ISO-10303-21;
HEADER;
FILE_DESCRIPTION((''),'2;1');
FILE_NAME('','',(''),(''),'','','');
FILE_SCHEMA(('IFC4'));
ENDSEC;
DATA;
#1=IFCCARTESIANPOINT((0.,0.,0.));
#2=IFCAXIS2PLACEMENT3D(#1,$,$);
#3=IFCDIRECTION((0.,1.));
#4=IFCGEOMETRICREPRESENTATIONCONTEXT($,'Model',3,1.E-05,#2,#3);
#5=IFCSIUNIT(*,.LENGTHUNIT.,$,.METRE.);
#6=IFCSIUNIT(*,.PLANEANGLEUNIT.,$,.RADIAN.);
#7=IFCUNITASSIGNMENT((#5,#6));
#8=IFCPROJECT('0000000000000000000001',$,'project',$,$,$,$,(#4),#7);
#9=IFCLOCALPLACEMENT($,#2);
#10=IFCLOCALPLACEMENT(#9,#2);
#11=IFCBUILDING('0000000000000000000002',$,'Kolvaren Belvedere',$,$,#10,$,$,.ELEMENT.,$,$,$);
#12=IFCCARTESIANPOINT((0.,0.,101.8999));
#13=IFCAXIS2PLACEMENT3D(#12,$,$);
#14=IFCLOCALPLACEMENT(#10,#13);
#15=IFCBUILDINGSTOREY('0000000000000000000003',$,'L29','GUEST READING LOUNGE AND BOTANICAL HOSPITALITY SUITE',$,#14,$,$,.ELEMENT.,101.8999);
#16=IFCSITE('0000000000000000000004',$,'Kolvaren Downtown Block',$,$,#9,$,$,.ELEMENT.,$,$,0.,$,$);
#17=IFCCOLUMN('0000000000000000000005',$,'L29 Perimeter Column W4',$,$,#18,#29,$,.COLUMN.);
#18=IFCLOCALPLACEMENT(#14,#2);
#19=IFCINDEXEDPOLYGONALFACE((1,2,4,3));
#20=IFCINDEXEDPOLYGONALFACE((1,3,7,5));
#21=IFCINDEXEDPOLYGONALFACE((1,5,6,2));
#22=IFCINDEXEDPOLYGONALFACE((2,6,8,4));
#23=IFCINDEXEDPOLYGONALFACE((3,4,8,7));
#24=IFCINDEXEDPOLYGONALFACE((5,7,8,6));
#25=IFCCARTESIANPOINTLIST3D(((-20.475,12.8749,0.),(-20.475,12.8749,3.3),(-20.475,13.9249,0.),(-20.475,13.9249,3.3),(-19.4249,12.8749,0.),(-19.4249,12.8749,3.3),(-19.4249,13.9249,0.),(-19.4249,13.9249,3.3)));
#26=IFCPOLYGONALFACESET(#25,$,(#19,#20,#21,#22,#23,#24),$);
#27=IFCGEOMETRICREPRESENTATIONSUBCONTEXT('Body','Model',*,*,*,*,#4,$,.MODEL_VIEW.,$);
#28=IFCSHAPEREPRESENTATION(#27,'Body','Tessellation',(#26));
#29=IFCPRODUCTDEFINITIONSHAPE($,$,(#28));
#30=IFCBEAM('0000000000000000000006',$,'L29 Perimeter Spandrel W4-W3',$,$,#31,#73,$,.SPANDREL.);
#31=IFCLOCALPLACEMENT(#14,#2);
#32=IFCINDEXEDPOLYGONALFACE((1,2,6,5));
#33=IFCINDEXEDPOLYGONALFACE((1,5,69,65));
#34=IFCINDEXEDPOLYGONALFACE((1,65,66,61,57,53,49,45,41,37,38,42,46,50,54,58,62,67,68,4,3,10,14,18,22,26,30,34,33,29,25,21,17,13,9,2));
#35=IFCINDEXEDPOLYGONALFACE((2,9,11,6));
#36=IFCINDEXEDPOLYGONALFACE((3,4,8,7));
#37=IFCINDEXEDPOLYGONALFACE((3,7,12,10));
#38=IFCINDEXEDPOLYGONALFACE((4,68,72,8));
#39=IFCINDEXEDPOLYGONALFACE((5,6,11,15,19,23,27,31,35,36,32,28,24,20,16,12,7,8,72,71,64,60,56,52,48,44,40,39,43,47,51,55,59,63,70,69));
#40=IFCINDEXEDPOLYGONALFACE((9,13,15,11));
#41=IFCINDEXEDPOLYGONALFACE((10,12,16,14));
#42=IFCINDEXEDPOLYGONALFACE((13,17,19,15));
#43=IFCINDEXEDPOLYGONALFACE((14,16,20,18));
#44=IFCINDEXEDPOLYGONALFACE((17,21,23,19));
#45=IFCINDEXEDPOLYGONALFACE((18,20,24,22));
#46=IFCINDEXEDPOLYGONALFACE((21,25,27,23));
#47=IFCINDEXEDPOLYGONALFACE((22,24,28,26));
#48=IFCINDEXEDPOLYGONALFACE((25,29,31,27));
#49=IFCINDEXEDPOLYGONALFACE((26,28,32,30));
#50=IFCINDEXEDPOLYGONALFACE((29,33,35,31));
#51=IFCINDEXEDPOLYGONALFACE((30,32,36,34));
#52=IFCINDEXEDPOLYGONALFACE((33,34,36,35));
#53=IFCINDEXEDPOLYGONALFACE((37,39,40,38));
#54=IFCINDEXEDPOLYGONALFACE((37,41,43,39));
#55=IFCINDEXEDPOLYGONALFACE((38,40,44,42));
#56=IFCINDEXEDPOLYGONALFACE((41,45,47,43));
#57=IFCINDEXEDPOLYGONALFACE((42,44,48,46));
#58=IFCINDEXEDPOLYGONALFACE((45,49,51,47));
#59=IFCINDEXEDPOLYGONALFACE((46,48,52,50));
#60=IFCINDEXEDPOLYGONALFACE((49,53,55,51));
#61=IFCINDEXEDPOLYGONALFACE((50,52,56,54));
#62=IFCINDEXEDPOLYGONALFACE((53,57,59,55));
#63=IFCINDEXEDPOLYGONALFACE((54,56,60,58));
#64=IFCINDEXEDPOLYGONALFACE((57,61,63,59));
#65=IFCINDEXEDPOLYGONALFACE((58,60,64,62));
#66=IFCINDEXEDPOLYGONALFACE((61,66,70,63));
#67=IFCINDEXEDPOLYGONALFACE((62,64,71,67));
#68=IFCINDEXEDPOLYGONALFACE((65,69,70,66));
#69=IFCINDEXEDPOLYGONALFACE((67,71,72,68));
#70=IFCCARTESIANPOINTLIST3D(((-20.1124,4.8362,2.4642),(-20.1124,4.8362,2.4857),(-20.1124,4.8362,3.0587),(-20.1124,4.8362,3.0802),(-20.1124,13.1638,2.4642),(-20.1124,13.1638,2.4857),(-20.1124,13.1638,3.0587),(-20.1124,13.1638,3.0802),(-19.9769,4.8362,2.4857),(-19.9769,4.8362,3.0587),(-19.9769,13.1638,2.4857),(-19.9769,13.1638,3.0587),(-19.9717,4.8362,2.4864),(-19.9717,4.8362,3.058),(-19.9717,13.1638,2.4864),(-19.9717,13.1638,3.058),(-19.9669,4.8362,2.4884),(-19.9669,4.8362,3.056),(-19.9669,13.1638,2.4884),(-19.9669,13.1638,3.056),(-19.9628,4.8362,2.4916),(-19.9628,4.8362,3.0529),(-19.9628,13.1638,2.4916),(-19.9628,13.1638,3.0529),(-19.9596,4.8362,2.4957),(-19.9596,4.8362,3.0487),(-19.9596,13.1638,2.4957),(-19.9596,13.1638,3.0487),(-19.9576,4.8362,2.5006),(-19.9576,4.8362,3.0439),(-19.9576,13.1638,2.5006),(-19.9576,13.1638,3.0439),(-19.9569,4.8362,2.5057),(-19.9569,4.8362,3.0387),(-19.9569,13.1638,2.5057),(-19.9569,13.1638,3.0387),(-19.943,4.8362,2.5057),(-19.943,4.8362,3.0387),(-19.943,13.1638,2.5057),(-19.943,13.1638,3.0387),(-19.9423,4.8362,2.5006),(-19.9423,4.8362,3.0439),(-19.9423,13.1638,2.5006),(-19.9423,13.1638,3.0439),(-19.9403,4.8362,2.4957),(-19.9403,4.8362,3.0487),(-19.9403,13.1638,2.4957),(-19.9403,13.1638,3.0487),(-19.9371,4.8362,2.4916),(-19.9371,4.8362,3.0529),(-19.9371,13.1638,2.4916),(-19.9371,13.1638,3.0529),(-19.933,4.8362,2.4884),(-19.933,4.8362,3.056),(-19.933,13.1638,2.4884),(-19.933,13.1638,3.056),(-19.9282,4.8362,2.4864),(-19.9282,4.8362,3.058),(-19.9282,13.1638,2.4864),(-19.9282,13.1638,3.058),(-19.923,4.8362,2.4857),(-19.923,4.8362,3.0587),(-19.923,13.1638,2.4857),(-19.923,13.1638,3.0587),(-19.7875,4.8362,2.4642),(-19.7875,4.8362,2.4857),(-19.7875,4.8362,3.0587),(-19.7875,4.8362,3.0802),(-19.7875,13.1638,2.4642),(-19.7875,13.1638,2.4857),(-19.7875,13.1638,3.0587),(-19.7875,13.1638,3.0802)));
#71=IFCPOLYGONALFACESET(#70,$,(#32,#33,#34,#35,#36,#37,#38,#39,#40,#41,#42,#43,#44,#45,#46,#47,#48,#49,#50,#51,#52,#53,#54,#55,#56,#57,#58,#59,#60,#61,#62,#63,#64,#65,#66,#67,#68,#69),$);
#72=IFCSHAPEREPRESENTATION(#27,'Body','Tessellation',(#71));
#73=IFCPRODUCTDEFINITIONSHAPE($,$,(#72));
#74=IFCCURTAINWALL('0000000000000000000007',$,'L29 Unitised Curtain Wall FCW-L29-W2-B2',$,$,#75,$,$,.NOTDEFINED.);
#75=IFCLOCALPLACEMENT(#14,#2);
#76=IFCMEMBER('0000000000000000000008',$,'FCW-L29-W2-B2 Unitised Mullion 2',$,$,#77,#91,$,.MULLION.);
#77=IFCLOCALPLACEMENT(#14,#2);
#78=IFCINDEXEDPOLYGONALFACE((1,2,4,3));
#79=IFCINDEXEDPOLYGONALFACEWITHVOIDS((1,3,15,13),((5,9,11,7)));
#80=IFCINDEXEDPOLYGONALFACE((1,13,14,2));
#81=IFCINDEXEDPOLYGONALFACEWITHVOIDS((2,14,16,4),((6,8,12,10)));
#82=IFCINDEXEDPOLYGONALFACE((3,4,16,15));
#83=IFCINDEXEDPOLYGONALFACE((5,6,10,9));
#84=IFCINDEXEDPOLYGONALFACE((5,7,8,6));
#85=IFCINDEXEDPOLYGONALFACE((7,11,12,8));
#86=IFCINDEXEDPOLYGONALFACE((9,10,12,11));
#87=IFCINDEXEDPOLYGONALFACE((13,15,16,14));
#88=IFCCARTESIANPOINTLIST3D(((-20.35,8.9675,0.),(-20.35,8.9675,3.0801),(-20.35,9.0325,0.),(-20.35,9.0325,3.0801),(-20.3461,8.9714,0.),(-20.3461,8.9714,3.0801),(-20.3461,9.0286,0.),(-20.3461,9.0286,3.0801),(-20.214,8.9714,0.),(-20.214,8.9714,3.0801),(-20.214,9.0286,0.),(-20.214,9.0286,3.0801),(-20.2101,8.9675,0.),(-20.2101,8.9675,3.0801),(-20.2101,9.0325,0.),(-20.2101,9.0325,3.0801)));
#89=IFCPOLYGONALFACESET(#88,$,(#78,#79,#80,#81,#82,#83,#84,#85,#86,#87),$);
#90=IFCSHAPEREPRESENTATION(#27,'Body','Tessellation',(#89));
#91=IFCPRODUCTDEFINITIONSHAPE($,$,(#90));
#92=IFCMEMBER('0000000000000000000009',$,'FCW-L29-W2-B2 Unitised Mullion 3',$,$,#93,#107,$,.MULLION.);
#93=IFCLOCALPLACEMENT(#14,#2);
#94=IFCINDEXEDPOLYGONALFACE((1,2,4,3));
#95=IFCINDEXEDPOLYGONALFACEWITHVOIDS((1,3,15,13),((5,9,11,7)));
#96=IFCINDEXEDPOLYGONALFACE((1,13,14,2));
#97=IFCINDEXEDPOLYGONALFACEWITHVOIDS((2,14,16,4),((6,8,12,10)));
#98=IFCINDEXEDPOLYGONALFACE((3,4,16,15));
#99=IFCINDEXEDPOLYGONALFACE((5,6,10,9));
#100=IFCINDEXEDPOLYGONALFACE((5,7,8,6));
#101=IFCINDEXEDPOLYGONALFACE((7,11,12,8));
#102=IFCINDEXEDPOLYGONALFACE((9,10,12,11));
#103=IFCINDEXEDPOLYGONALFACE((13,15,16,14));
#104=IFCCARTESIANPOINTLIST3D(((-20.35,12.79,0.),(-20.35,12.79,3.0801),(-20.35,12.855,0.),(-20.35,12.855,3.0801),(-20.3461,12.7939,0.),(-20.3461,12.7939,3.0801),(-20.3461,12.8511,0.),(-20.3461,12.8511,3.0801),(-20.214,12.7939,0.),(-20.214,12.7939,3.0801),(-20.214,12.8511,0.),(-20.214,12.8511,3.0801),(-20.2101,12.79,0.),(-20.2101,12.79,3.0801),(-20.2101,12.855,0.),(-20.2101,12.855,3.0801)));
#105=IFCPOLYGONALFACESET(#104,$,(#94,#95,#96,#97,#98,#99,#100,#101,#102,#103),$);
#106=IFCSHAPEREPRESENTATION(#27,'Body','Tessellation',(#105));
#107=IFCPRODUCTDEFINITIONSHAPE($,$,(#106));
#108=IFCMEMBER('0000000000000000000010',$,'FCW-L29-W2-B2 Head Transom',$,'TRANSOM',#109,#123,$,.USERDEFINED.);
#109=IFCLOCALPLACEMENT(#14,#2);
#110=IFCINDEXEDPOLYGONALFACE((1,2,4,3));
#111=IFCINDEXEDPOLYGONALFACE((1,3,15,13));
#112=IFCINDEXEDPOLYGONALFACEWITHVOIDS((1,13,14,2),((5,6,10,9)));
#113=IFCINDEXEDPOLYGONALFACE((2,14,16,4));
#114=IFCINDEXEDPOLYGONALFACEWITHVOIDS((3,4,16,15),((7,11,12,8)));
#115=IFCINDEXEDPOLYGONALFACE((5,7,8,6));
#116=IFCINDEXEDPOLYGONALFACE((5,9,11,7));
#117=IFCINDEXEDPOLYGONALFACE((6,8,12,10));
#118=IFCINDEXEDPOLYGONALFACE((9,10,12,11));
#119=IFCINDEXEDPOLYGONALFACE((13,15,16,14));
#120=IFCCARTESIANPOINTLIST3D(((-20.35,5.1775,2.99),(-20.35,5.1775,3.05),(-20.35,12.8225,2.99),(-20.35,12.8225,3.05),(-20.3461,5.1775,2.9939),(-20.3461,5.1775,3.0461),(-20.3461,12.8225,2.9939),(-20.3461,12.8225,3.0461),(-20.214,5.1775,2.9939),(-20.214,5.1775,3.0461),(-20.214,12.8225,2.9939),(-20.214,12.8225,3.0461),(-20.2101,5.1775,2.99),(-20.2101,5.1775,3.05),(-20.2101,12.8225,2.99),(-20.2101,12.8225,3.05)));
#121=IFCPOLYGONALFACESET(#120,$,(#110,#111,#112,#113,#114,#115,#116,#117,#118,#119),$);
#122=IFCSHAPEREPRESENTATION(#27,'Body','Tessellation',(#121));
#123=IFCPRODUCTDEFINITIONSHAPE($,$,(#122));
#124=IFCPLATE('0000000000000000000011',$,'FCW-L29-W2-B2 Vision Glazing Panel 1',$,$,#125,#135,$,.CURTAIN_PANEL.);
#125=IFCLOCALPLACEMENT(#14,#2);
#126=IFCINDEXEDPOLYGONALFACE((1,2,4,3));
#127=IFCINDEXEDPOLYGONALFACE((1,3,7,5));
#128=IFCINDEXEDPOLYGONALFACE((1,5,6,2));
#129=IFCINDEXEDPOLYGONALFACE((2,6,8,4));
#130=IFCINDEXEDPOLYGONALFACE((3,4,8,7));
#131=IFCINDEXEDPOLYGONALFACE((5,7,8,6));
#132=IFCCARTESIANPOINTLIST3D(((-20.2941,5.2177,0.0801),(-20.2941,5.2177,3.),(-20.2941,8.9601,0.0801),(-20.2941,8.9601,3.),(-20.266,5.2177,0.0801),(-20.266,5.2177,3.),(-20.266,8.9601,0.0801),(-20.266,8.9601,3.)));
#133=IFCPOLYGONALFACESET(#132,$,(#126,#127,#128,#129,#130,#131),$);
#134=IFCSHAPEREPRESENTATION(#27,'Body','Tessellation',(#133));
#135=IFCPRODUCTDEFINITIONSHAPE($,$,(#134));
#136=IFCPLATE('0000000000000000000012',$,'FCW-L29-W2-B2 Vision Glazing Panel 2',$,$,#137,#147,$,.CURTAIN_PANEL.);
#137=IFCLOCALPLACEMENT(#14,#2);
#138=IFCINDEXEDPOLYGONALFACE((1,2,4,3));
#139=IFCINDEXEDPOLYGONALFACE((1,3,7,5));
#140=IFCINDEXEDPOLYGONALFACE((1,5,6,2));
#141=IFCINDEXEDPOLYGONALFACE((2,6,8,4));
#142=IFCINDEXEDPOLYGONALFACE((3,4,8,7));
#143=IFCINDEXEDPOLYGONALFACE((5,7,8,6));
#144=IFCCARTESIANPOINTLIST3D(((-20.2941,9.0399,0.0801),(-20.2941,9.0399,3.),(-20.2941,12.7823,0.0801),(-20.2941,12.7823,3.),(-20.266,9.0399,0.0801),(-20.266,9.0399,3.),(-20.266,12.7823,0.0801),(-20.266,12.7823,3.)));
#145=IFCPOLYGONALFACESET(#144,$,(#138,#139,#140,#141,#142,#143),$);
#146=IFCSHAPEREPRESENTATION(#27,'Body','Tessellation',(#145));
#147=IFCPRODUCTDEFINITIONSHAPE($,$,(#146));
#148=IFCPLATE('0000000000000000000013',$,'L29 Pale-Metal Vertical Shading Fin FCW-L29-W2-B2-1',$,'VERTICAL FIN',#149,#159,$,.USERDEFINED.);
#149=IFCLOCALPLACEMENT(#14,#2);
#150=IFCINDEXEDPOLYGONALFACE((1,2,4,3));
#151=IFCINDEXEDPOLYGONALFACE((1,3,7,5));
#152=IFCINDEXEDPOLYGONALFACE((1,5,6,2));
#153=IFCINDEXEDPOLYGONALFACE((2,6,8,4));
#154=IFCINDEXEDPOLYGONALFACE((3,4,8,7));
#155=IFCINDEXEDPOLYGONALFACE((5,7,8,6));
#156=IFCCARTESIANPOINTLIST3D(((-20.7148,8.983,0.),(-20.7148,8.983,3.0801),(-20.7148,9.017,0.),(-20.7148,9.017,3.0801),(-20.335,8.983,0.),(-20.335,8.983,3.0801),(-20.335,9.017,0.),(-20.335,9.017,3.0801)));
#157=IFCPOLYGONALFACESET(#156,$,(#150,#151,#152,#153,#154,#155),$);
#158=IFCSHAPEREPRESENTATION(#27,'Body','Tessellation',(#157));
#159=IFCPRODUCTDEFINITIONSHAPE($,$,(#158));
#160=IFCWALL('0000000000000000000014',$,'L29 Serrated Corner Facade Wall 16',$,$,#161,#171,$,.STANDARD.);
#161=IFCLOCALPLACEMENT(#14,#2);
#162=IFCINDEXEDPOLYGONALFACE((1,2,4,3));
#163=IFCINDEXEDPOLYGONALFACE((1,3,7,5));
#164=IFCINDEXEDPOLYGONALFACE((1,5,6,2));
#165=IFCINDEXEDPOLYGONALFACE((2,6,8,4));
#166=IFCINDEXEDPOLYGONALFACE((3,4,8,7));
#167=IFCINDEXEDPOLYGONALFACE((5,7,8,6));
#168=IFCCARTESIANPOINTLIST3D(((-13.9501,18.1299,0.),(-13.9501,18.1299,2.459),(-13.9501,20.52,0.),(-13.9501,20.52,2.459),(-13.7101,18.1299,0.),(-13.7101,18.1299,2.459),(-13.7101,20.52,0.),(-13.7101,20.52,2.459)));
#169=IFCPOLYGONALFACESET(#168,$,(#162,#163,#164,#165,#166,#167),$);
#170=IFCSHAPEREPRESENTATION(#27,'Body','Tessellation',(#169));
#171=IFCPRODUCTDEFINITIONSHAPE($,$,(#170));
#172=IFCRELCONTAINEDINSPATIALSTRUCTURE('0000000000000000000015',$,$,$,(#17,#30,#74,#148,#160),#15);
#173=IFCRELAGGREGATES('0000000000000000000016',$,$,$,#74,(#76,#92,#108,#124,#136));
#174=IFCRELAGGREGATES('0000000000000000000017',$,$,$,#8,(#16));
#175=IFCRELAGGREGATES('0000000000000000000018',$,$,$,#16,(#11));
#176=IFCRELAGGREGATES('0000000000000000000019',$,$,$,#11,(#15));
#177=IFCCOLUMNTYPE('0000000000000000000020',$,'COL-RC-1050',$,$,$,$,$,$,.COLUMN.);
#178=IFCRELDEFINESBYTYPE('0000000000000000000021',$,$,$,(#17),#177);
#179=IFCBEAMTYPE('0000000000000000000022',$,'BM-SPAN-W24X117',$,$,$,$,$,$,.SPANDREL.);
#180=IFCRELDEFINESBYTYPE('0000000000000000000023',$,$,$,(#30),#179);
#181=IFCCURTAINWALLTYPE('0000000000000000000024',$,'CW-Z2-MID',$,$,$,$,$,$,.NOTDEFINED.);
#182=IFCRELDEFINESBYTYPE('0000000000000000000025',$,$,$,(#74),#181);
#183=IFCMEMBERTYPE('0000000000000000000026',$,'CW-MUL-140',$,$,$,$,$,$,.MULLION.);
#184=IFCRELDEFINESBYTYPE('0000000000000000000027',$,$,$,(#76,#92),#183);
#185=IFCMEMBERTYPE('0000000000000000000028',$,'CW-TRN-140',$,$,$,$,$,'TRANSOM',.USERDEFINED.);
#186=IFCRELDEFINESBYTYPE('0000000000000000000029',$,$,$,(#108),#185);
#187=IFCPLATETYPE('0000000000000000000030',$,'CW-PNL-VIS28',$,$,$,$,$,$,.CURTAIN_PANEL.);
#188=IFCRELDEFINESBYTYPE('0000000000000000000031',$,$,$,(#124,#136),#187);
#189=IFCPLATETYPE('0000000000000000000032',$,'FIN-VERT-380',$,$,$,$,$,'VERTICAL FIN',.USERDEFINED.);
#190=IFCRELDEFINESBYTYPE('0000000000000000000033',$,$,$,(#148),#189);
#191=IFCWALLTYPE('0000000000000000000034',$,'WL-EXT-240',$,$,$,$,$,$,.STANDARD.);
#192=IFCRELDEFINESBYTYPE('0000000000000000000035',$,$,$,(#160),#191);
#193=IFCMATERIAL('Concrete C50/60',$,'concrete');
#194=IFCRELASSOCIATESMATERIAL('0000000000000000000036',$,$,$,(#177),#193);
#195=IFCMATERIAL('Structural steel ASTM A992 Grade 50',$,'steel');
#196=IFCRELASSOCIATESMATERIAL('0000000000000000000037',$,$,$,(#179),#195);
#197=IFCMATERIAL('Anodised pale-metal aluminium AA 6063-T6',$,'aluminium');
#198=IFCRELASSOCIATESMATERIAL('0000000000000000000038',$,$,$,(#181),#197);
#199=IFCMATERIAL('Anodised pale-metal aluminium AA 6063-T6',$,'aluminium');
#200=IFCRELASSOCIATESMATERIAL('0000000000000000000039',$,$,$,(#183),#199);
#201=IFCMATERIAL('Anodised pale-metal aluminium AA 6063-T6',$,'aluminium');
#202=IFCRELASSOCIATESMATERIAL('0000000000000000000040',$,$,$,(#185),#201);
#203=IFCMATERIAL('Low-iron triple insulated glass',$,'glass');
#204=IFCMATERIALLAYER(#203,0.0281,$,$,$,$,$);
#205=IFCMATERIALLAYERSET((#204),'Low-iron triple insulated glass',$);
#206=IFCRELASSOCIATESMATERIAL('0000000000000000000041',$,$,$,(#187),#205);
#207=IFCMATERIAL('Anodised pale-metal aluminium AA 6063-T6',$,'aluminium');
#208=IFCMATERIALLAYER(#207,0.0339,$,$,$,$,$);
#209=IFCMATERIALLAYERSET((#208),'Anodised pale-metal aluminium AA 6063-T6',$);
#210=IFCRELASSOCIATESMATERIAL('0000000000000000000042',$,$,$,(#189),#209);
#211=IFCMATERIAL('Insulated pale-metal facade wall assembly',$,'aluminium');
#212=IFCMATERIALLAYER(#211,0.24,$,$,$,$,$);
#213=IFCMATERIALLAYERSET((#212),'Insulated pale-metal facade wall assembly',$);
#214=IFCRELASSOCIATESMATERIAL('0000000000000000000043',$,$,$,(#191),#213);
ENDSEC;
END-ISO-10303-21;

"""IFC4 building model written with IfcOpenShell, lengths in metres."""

from ifc_helpers import new_model, si_unit, direction, frame, frame_2d, origin, origin_2d, place, context, subcontext, project, spatial, rectangle, hollow_rectangle, i_section, extrude, material, layer, layer_set, material_profile, profile_set, type_object, element, aggregate, save


model = new_model("IFC4")

# Units and contexts
model_context = context("Model", 3, precision=1e-05, world=origin(), true_north=direction((0.0, 1.0)))
body_context = subcontext(model_context, "Body", "Model", "MODEL_VIEW")
ifc_project = project(units=[si_unit("LENGTHUNIT", "METRE"), si_unit("PLANEANGLEUNIT", "RADIAN")], contexts=[model_context])

# Site, building, storey
site_placement = place(None, origin())
site = spatial("IfcSite", under=ifc_project, at=site_placement, Name="Kolvaren Downtown Block", CompositionType="ELEMENT", RefElevation=0.0)
building_placement = place(site_placement, origin())
building = spatial("IfcBuilding", under=site, at=building_placement, Name="Kolvaren Belvedere", CompositionType="ELEMENT")
storey_placement = place(building_placement, frame((0.0, 0.0, 101.8999)))
storey = spatial("IfcBuildingStorey", under=building, at=storey_placement, Name="L29", Description="GUEST READING LOUNGE AND BOTANICAL HOSPITALITY SUITE", CompositionType="ELEMENT", Elevation=101.8999)

# Column
ifc_material_1 = material(Name="Concrete C50/60", Category="concrete")
ifc_material_profile_1 = material_profile(ifc_material_1, rectangle(XDim=1.05, YDim=1.05, at=origin_2d()), Name="RC 1050X1050")
ifc_profile_set_1 = profile_set([ifc_material_profile_1], Name="Concrete C50/60")
column_type = type_object("IfcColumnType", Name="COL-RC-1050", PredefinedType="COLUMN", material=ifc_profile_set_1)
column_placement = place(storey_placement, frame((-19.95, 13.3999, 0.0), z_axis=(0.0, 0.0, 1.0), x_axis=(1.0, 0.0, 0.0)))
element("IfcColumn", 1, at=column_placement, inside=storey, type_object=column_type, Name="L29 Perimeter Column W4", PredefinedType="COLUMN", context=body_context, shape_type="SweptSolid", body=[
    extrude(rectangle(XDim=1.05, YDim=1.05, at=origin_2d()), origin(), (0.0, 0.0, 1.0), 3.3),
])

# Beam
ifc_material_2 = material(Name="Structural steel ASTM A992 Grade 50", Category="steel")
ifc_material_profile_2 = material_profile(ifc_material_2, i_section(OverallWidth=0.325, OverallDepth=0.616, WebThickness=0.0139, FlangeThickness=0.0215, FilletRadius=0.02, at=origin_2d()), Name="W24X117")
ifc_profile_set_2 = profile_set([ifc_material_profile_2], Name="Structural steel ASTM A992 Grade 50")
beam_type = type_object("IfcBeamType", Name="BM-SPAN-W24X117", PredefinedType="SPANDREL", material=ifc_profile_set_2)
beam_placement = place(storey_placement, frame((-19.95, 13.1638, 2.7722), z_axis=(0.0, -1.0, 0.0), x_axis=(1.0, 0.0, 0.0)))
element("IfcBeam", 2, at=beam_placement, inside=storey, type_object=beam_type, Name="L29 Perimeter Spandrel W4-W3", PredefinedType="SPANDREL", context=body_context, shape_type="SweptSolid", body=[
    extrude(i_section(OverallWidth=0.325, OverallDepth=0.616, WebThickness=0.0139, FlangeThickness=0.0215, FilletRadius=0.02, at=origin_2d()), origin(), (0.0, 0.0, 1.0), 8.3276),
])

# Curtain wall, members, plates
ifc_material_3 = material(Name="Anodised pale-metal aluminium AA 6063-T6", Category="aluminium")
curtain_wall_type = type_object("IfcCurtainWallType", Name="CW-Z2-MID", PredefinedType="NOTDEFINED", material=ifc_material_3)
curtain_wall_placement = place(storey_placement, origin())
curtain_wall = element("IfcCurtainWall", 3, at=curtain_wall_placement, inside=storey, type_object=curtain_wall_type, Name="L29 Unitised Curtain Wall FCW-L29-W2-B2", PredefinedType="NOTDEFINED")
ifc_material_4 = material(Name="Anodised pale-metal aluminium AA 6063-T6", Category="aluminium")
ifc_material_profile_3 = material_profile(ifc_material_4, hollow_rectangle(XDim=0.0649, YDim=0.1399, WallThickness=0.0039, at=origin_2d()), Name="ALU-MUL-140X65")
ifc_profile_set_3 = profile_set([ifc_material_profile_3], Name="Anodised pale-metal aluminium AA 6063-T6")
member_type_1 = type_object("IfcMemberType", Name="CW-MUL-140", PredefinedType="MULLION", material=ifc_profile_set_3)
member_1_placement = place(storey_placement, frame((-20.28, 9.0, 0.0), z_axis=(0.0, 0.0, 1.0), x_axis=(0.0, 1.0, 0.0)))
member_1 = element("IfcMember", 4, at=member_1_placement, type_object=member_type_1, Name="FCW-L29-W2-B2 Unitised Mullion 2", PredefinedType="MULLION", context=body_context, shape_type="SweptSolid", body=[
    extrude(hollow_rectangle(XDim=0.0649, YDim=0.1399, WallThickness=0.0039, at=origin_2d()), origin(), (0.0, 0.0, 1.0), 3.0801),
])
member_2_placement = place(storey_placement, frame((-20.28, 12.8225, 0.0), z_axis=(0.0, 0.0, 1.0), x_axis=(0.0, 1.0, 0.0)))
member_2 = element("IfcMember", 5, at=member_2_placement, type_object=member_type_1, Name="FCW-L29-W2-B2 Unitised Mullion 3", PredefinedType="MULLION", context=body_context, shape_type="SweptSolid", body=[
    extrude(hollow_rectangle(XDim=0.0649, YDim=0.1399, WallThickness=0.0039, at=origin_2d()), origin(), (0.0, 0.0, 1.0), 3.0801),
])
ifc_material_5 = material(Name="Anodised pale-metal aluminium AA 6063-T6", Category="aluminium")
ifc_material_profile_4 = material_profile(ifc_material_5, hollow_rectangle(XDim=0.0601, YDim=0.1399, WallThickness=0.0039, at=origin_2d()), Name="ALU-TRN-140X60")
ifc_profile_set_4 = profile_set([ifc_material_profile_4], Name="Anodised pale-metal aluminium AA 6063-T6")
member_type_2 = type_object("IfcMemberType", Name="CW-TRN-140", ElementType="TRANSOM", PredefinedType="USERDEFINED", material=ifc_profile_set_4)
member_3_placement = place(storey_placement, frame((-20.28, 5.1775, 3.02), z_axis=(0.0, 1.0, 0.0), x_axis=(0.0, 0.0, 1.0)))
member_3 = element("IfcMember", 6, at=member_3_placement, type_object=member_type_2, Name="FCW-L29-W2-B2 Head Transom", ObjectType="TRANSOM", PredefinedType="USERDEFINED", context=body_context, shape_type="SweptSolid", body=[
    extrude(hollow_rectangle(XDim=0.0601, YDim=0.1399, WallThickness=0.0039, at=origin_2d()), origin(), (0.0, 0.0, 1.0), 7.645),
])
ifc_material_6 = material(Name="Low-iron triple insulated glass", Category="glass")
ifc_layer_1 = layer(ifc_material_6, 0.0281)
ifc_layer_set_1 = layer_set([ifc_layer_1], Name="Low-iron triple insulated glass")
plate_type_1 = type_object("IfcPlateType", Name="CW-PNL-VIS28", PredefinedType="CURTAIN_PANEL", material=ifc_layer_set_1)
plate_1_placement = place(storey_placement, frame((-20.28, 7.0889, 0.0801), z_axis=(0.0, 0.0, 1.0), x_axis=(0.0, 1.0, 0.0)))
plate_1 = element("IfcPlate", 7, at=plate_1_placement, type_object=plate_type_1, Name="FCW-L29-W2-B2 Vision Glazing Panel 1", PredefinedType="CURTAIN_PANEL", context=body_context, shape_type="SweptSolid", body=[
    extrude(rectangle(XDim=3.7424, YDim=0.0281, at=origin_2d()), origin(), (0.0, 0.0, 1.0), 2.9199),
])
plate_2_placement = place(storey_placement, frame((-20.28, 10.9111, 0.0801), z_axis=(0.0, 0.0, 1.0), x_axis=(0.0, 1.0, 0.0)))
plate_2 = element("IfcPlate", 8, at=plate_2_placement, type_object=plate_type_1, Name="FCW-L29-W2-B2 Vision Glazing Panel 2", PredefinedType="CURTAIN_PANEL", context=body_context, shape_type="SweptSolid", body=[
    extrude(rectangle(XDim=3.7424, YDim=0.0281, at=origin_2d()), origin(), (0.0, 0.0, 1.0), 2.9199),
])
aggregate(curtain_wall, [member_1, member_2, member_3, plate_1, plate_2])

# Plate
ifc_material_7 = material(Name="Anodised pale-metal aluminium AA 6063-T6", Category="aluminium")
ifc_layer_2 = layer(ifc_material_7, 0.0339)
ifc_layer_set_2 = layer_set([ifc_layer_2], Name="Anodised pale-metal aluminium AA 6063-T6")
plate_type_2 = type_object("IfcPlateType", Name="FIN-VERT-380", ElementType="VERTICAL FIN", PredefinedType="USERDEFINED", material=ifc_layer_set_2)
plate_3_placement = place(storey_placement, frame((-20.5249, 9.0, 0.0), z_axis=(0.0, 0.0, 1.0), x_axis=(1.0, 0.0, 0.0)))
element("IfcPlate", 9, at=plate_3_placement, inside=storey, type_object=plate_type_2, Name="L29 Pale-Metal Vertical Shading Fin FCW-L29-W2-B2-1", ObjectType="VERTICAL FIN", PredefinedType="USERDEFINED", context=body_context, shape_type="SweptSolid", body=[
    extrude(rectangle(XDim=0.3799, YDim=0.0339, at=origin_2d()), origin(), (0.0, 0.0, 1.0), 3.0801),
])

# Wall
ifc_material_8 = material(Name="Insulated pale-metal facade wall assembly", Category="aluminium")
ifc_layer_3 = layer(ifc_material_8, 0.24)
ifc_layer_set_3 = layer_set([ifc_layer_3], Name="Insulated pale-metal facade wall assembly")
wall_type_1 = type_object("IfcWallType", Name="WL-EXT-240", PredefinedType="STANDARD", material=ifc_layer_set_3)
wall_1_placement = place(storey_placement, frame((-13.8301, 18.1299, 0.0), z_axis=(0.0, 0.0, 1.0), x_axis=(0.0, 1.0, 0.0)))
element("IfcWall", 10, at=wall_1_placement, inside=storey, type_object=wall_type_1, Name="L29 Serrated Corner Facade Wall 16", PredefinedType="STANDARD", context=body_context, shape_type="SweptSolid", body=[
    extrude(rectangle(XDim=2.3901, YDim=0.24, at=frame_2d((1.1951, 0.0))), origin(), (0.0, 0.0, 1.0), 2.459),
])

save(model, "model.ifc")
